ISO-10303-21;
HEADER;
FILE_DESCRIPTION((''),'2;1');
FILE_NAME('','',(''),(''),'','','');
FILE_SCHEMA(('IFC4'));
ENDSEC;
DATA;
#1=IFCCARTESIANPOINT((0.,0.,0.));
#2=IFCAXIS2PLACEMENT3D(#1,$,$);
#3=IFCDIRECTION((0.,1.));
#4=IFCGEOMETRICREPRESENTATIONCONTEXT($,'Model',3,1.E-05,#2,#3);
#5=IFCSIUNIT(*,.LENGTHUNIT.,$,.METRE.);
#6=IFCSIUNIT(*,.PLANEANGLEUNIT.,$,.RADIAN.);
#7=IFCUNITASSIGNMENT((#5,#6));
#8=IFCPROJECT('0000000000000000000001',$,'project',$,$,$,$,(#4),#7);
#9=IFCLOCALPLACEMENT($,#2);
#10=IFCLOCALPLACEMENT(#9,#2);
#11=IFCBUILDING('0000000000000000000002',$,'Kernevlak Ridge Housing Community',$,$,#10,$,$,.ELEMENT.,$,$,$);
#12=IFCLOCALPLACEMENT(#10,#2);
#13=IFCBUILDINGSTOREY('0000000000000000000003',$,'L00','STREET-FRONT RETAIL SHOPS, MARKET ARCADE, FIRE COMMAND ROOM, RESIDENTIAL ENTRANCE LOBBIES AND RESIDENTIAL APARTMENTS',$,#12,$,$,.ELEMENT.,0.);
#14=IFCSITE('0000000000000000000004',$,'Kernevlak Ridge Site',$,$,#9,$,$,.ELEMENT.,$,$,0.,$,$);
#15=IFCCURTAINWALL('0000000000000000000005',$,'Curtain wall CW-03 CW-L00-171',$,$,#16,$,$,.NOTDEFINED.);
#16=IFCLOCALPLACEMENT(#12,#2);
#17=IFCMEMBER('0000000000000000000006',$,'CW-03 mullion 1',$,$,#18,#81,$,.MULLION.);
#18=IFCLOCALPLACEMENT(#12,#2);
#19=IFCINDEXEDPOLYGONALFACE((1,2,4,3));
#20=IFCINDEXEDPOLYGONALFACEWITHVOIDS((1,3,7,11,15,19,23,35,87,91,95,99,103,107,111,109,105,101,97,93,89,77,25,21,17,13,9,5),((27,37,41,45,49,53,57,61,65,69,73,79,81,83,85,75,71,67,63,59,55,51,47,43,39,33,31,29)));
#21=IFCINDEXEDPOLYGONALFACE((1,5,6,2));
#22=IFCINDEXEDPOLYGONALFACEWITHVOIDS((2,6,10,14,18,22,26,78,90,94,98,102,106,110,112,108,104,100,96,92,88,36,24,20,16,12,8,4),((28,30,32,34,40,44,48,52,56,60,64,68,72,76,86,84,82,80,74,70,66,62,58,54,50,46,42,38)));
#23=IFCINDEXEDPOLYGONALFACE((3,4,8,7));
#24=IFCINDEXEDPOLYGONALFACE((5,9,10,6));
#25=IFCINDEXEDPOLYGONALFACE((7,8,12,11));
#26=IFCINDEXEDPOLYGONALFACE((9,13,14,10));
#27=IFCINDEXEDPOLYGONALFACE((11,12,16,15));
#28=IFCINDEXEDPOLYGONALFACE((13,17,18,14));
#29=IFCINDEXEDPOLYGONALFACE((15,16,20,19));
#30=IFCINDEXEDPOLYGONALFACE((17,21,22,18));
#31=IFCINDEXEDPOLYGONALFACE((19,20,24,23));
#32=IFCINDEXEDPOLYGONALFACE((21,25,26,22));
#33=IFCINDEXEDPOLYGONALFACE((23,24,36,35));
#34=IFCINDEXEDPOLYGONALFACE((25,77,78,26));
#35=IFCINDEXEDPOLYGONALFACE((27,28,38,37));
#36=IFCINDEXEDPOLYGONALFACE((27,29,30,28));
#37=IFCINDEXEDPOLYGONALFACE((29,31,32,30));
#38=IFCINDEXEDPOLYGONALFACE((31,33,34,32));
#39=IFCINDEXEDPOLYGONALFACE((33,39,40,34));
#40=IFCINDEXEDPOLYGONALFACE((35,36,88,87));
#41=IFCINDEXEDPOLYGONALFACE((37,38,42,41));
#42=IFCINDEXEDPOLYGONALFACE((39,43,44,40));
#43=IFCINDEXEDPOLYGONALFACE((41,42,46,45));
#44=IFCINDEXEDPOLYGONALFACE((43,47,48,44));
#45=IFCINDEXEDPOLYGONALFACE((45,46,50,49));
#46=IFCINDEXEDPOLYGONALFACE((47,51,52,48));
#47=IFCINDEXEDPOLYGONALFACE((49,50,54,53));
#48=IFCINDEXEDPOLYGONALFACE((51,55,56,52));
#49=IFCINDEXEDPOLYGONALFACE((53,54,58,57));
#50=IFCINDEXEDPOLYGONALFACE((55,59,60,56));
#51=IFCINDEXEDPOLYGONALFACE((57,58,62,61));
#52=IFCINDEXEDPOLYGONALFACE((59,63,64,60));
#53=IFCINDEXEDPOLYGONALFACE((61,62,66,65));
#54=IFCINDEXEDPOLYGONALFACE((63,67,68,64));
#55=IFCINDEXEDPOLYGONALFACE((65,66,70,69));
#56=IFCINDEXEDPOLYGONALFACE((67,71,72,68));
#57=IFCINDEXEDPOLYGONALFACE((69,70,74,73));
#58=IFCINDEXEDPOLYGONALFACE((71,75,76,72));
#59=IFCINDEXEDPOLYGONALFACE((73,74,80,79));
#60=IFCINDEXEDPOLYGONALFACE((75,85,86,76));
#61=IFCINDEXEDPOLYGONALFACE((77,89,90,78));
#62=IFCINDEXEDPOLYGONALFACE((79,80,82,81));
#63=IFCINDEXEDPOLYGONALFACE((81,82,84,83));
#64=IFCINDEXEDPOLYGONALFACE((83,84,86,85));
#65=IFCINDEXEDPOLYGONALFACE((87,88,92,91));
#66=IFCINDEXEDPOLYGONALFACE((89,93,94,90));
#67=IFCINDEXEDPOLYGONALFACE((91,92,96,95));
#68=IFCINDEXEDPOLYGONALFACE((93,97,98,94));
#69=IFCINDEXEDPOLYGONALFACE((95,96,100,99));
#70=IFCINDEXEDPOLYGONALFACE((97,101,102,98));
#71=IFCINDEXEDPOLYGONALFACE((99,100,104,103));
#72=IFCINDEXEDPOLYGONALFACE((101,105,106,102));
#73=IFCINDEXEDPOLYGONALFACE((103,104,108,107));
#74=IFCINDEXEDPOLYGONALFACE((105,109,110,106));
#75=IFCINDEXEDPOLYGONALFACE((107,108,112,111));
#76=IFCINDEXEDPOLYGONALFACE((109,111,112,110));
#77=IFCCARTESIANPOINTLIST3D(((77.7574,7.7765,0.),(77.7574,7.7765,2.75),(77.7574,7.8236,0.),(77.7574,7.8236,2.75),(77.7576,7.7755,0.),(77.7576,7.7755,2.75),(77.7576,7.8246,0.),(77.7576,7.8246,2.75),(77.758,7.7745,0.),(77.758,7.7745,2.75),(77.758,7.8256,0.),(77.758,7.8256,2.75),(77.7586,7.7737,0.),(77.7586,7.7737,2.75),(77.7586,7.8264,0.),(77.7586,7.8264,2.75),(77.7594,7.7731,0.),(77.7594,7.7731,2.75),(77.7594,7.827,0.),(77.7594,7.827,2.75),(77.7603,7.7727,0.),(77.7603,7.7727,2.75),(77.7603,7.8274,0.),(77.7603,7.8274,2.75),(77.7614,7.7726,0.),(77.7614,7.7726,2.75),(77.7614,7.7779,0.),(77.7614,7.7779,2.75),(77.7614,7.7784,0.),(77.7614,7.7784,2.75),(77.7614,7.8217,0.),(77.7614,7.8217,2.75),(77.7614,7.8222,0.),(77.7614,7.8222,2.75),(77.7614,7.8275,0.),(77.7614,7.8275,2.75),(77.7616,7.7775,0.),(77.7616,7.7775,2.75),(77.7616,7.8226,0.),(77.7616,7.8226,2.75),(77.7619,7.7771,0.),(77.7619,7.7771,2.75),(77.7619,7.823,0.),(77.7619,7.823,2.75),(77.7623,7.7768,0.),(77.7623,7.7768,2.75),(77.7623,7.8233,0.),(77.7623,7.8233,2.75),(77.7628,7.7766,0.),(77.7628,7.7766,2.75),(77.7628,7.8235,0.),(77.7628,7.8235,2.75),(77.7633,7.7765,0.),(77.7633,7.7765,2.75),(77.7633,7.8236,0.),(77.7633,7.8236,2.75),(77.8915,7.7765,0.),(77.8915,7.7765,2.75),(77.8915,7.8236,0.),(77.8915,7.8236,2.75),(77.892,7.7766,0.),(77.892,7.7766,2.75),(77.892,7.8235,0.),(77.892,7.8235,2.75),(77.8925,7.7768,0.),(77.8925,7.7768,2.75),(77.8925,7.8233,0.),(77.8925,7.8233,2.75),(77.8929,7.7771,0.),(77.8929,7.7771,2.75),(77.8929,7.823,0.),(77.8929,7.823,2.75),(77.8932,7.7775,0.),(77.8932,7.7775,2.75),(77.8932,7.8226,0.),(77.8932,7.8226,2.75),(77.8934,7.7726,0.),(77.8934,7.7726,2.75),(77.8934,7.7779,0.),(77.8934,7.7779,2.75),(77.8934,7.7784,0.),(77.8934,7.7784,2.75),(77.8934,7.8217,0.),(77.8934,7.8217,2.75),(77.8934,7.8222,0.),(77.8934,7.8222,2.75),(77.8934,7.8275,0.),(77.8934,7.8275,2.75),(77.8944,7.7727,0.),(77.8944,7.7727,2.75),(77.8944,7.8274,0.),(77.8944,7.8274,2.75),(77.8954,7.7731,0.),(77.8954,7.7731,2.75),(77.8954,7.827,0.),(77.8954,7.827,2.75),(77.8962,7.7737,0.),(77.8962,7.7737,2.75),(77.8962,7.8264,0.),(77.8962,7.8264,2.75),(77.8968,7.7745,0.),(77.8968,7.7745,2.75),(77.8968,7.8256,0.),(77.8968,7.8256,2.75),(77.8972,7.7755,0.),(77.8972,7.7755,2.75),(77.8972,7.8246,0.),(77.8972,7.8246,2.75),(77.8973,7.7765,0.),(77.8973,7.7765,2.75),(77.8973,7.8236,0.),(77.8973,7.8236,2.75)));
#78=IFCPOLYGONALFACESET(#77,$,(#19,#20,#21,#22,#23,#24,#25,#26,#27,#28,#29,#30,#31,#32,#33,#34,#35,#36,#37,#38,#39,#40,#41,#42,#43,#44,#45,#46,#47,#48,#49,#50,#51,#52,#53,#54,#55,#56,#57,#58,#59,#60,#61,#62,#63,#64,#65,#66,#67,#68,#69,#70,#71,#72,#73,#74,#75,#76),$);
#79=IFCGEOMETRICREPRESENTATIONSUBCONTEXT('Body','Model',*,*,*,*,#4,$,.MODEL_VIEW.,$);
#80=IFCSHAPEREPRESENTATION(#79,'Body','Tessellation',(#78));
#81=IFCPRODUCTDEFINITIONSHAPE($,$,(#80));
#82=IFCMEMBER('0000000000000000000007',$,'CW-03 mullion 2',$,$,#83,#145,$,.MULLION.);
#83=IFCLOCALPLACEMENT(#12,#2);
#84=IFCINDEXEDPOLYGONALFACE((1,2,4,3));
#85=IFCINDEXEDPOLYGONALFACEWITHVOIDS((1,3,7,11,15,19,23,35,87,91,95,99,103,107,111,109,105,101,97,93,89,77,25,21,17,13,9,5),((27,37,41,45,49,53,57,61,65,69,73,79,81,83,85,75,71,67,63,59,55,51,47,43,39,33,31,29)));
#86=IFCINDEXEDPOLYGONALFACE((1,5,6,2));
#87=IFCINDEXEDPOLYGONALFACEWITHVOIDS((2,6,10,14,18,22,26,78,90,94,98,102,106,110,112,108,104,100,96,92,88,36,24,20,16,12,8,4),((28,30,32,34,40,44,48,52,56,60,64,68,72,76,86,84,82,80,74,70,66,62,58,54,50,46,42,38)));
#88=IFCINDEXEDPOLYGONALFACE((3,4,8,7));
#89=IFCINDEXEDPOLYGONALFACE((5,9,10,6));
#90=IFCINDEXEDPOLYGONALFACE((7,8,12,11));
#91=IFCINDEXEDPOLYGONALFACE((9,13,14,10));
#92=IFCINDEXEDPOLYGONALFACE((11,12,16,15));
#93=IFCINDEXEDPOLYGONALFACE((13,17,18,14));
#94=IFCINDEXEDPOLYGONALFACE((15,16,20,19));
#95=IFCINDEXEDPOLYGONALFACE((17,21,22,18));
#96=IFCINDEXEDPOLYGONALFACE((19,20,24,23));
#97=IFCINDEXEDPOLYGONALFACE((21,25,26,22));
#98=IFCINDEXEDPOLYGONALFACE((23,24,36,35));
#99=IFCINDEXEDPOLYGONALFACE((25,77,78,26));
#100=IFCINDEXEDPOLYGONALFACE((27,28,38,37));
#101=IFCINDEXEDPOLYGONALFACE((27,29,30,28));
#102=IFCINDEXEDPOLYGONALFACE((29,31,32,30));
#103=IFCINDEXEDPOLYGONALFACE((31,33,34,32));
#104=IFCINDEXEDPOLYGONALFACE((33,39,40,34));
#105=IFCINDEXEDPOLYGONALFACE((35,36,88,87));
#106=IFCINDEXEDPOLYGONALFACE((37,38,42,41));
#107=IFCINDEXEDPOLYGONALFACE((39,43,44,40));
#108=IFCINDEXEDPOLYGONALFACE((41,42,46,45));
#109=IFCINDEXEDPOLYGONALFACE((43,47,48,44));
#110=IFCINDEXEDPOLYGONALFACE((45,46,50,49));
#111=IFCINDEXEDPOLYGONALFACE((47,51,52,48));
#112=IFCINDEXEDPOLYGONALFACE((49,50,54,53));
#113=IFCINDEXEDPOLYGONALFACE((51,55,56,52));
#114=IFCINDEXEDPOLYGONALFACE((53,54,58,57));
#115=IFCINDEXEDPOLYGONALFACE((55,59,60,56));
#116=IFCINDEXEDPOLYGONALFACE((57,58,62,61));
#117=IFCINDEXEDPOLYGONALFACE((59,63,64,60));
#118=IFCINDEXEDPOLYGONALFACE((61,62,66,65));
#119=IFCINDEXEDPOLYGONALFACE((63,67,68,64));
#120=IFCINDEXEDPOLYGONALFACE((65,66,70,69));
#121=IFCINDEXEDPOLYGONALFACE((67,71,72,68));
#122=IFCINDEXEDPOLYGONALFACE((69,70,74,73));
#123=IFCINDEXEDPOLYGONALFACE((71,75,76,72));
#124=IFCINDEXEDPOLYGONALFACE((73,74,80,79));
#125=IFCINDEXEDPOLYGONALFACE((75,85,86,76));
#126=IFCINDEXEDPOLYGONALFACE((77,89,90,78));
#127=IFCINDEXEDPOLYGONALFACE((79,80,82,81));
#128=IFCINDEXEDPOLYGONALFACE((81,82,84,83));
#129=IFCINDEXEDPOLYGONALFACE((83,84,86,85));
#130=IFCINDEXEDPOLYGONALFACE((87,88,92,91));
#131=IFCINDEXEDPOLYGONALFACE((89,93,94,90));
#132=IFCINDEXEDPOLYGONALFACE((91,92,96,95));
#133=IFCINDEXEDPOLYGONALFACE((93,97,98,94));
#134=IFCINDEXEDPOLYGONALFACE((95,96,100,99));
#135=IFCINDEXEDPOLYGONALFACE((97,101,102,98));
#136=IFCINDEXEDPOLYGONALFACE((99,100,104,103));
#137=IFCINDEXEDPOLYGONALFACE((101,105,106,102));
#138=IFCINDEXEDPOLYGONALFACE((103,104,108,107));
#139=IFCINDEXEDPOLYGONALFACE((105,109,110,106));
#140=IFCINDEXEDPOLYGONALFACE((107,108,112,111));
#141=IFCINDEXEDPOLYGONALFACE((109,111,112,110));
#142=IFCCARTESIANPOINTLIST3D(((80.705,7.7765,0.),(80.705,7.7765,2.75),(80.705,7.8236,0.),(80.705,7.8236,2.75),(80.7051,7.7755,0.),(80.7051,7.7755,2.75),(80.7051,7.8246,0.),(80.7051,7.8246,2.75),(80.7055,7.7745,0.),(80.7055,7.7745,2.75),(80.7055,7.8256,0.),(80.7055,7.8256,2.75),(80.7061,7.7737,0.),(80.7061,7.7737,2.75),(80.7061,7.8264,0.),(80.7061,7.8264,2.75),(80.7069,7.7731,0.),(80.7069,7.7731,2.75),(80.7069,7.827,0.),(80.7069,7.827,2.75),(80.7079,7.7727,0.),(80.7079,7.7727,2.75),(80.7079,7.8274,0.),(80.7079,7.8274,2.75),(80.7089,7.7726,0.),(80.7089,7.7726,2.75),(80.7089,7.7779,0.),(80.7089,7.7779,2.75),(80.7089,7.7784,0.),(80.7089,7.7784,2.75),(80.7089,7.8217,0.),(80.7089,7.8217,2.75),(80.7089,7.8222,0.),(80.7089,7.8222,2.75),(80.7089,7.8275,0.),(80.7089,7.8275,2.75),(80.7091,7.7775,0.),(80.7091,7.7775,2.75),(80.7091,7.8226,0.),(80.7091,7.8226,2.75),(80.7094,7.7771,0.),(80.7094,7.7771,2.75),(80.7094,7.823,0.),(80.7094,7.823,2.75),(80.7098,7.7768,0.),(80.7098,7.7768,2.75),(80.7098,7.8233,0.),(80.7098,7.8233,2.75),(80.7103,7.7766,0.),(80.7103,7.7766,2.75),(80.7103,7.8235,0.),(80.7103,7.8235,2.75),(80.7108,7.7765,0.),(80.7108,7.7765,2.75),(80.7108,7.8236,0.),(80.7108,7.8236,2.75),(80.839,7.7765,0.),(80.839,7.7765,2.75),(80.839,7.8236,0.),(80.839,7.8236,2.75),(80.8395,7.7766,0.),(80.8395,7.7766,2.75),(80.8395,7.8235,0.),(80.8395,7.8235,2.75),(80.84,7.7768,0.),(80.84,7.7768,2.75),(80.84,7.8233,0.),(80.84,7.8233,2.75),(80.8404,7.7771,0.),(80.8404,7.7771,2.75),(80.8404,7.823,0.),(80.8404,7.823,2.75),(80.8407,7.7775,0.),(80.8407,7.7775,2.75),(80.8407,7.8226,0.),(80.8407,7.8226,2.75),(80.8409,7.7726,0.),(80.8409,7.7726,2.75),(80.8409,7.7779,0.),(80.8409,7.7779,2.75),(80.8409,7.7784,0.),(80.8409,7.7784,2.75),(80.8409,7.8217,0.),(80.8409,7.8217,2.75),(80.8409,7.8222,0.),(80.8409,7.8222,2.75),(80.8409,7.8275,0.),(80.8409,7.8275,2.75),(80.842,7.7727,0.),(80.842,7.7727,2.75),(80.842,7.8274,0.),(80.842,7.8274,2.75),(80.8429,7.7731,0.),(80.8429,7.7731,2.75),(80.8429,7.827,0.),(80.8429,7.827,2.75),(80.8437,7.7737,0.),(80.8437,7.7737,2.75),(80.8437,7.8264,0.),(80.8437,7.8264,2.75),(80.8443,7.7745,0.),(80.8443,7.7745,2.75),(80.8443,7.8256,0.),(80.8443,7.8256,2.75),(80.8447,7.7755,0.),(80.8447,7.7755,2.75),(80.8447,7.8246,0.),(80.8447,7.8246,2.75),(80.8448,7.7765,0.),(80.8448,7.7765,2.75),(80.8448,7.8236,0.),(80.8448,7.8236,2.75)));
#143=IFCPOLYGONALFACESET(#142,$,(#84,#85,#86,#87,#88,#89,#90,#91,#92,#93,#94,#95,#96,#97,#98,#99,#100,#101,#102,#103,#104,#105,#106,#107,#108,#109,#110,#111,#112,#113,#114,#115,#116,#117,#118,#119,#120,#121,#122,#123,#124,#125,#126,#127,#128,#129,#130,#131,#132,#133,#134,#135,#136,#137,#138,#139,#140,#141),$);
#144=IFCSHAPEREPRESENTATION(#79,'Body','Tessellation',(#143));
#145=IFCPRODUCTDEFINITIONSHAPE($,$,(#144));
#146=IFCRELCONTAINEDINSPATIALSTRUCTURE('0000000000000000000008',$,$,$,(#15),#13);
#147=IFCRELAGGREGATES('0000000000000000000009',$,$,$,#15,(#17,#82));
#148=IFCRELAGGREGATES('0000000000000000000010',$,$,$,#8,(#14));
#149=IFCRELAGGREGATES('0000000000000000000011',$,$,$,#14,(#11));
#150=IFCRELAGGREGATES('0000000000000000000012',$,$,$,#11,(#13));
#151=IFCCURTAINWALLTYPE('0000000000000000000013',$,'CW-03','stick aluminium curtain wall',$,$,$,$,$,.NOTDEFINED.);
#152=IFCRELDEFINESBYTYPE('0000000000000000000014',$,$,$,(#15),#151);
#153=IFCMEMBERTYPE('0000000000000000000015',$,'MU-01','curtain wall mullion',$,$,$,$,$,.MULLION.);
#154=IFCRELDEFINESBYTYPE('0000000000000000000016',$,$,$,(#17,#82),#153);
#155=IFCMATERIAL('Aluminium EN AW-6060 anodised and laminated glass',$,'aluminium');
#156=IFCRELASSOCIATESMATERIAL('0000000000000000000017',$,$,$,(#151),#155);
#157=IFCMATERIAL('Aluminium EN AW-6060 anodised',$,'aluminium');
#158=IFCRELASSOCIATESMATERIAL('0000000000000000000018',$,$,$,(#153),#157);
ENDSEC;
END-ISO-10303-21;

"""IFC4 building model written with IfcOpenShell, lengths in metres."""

from ifc_helpers import new_model, si_unit, direction, frame, origin, origin_2d, place, context, subcontext, project, spatial, hollow_rectangle, extrude, material, material_profile, profile_set, type_object, element, aggregate, save


model = new_model("IFC4")

# Units and contexts
model_context = context("Model", 3, precision=1e-05, world=origin(), true_north=direction((0.0, 1.0)))
body_context = subcontext(model_context, "Body", "Model", "MODEL_VIEW")
ifc_project = project(units=[si_unit("LENGTHUNIT", "METRE"), si_unit("PLANEANGLEUNIT", "RADIAN")], contexts=[model_context])

# Site, building, storey
site_placement = place(None, origin())
site = spatial("IfcSite", under=ifc_project, at=site_placement, Name="Kernevlak Ridge Site", CompositionType="ELEMENT", RefElevation=0.0)
building_placement = place(site_placement, origin())
building = spatial("IfcBuilding", under=site, at=building_placement, Name="Kernevlak Ridge Housing Community", CompositionType="ELEMENT")
storey_placement = place(building_placement, origin())
storey = spatial("IfcBuildingStorey", under=building, at=storey_placement, Name="L00", Description="STREET-FRONT RETAIL SHOPS, MARKET ARCADE, FIRE COMMAND ROOM, RESIDENTIAL ENTRANCE LOBBIES AND RESIDENTIAL APARTMENTS", CompositionType="ELEMENT", Elevation=0.0)

# Curtain wall, members
ifc_material_1 = material(Name="Aluminium EN AW-6060 anodised and laminated glass", Category="aluminium")
curtain_wall_type = type_object("IfcCurtainWallType", Name="CW-03", Description="stick aluminium curtain wall", PredefinedType="NOTDEFINED", material=ifc_material_1)
curtain_wall_placement = place(storey_placement, origin())
curtain_wall = element("IfcCurtainWall", 1, at=curtain_wall_placement, inside=storey, type_object=curtain_wall_type, Name="Curtain wall CW-03 CW-L00-171", PredefinedType="NOTDEFINED")
ifc_material_2 = material(Name="Aluminium EN AW-6060 anodised", Category="aluminium")
ifc_material_profile_1 = material_profile(ifc_material_2, hollow_rectangle(XDim=0.0549, YDim=0.1399, WallThickness=0.0039, InnerFilletRadius=0.002, OuterFilletRadius=0.0039, at=origin_2d()), Name="ALU 55x140x4")
ifc_profile_set_1 = profile_set([ifc_material_profile_1], Name="Aluminium EN AW-6060 anodised")
member_type_1 = type_object("IfcMemberType", Name="MU-01", Description="curtain wall mullion", PredefinedType="MULLION", material=ifc_profile_set_1)
member_1_placement = place(storey_placement, frame((77.8274, 7.8, 0.0), z_axis=(0.0, 0.0, 1.0), x_axis=(0.0, 1.0, 0.0)))
member_1 = element("IfcMember", 2, at=member_1_placement, type_object=member_type_1, Name="CW-03 mullion 1", PredefinedType="MULLION", context=body_context, shape_type="SweptSolid", body=[
    extrude(hollow_rectangle(XDim=0.0549, YDim=0.1399, WallThickness=0.0039, InnerFilletRadius=0.002, OuterFilletRadius=0.0039, at=origin_2d()), origin(), (0.0, 0.0, 1.0), 2.75),
])
member_2_placement = place(storey_placement, frame((80.7749, 7.8, 0.0), z_axis=(0.0, 0.0, 1.0), x_axis=(0.0, 1.0, 0.0)))
member_2 = element("IfcMember", 3, at=member_2_placement, type_object=member_type_1, Name="CW-03 mullion 2", PredefinedType="MULLION", context=body_context, shape_type="SweptSolid", body=[
    extrude(hollow_rectangle(XDim=0.0549, YDim=0.1399, WallThickness=0.0039, InnerFilletRadius=0.002, OuterFilletRadius=0.0039, at=origin_2d()), origin(), (0.0, 0.0, 1.0), 2.75),
])

aggregate(curtain_wall, [member_1, member_2])

save(model, "model.ifc")
